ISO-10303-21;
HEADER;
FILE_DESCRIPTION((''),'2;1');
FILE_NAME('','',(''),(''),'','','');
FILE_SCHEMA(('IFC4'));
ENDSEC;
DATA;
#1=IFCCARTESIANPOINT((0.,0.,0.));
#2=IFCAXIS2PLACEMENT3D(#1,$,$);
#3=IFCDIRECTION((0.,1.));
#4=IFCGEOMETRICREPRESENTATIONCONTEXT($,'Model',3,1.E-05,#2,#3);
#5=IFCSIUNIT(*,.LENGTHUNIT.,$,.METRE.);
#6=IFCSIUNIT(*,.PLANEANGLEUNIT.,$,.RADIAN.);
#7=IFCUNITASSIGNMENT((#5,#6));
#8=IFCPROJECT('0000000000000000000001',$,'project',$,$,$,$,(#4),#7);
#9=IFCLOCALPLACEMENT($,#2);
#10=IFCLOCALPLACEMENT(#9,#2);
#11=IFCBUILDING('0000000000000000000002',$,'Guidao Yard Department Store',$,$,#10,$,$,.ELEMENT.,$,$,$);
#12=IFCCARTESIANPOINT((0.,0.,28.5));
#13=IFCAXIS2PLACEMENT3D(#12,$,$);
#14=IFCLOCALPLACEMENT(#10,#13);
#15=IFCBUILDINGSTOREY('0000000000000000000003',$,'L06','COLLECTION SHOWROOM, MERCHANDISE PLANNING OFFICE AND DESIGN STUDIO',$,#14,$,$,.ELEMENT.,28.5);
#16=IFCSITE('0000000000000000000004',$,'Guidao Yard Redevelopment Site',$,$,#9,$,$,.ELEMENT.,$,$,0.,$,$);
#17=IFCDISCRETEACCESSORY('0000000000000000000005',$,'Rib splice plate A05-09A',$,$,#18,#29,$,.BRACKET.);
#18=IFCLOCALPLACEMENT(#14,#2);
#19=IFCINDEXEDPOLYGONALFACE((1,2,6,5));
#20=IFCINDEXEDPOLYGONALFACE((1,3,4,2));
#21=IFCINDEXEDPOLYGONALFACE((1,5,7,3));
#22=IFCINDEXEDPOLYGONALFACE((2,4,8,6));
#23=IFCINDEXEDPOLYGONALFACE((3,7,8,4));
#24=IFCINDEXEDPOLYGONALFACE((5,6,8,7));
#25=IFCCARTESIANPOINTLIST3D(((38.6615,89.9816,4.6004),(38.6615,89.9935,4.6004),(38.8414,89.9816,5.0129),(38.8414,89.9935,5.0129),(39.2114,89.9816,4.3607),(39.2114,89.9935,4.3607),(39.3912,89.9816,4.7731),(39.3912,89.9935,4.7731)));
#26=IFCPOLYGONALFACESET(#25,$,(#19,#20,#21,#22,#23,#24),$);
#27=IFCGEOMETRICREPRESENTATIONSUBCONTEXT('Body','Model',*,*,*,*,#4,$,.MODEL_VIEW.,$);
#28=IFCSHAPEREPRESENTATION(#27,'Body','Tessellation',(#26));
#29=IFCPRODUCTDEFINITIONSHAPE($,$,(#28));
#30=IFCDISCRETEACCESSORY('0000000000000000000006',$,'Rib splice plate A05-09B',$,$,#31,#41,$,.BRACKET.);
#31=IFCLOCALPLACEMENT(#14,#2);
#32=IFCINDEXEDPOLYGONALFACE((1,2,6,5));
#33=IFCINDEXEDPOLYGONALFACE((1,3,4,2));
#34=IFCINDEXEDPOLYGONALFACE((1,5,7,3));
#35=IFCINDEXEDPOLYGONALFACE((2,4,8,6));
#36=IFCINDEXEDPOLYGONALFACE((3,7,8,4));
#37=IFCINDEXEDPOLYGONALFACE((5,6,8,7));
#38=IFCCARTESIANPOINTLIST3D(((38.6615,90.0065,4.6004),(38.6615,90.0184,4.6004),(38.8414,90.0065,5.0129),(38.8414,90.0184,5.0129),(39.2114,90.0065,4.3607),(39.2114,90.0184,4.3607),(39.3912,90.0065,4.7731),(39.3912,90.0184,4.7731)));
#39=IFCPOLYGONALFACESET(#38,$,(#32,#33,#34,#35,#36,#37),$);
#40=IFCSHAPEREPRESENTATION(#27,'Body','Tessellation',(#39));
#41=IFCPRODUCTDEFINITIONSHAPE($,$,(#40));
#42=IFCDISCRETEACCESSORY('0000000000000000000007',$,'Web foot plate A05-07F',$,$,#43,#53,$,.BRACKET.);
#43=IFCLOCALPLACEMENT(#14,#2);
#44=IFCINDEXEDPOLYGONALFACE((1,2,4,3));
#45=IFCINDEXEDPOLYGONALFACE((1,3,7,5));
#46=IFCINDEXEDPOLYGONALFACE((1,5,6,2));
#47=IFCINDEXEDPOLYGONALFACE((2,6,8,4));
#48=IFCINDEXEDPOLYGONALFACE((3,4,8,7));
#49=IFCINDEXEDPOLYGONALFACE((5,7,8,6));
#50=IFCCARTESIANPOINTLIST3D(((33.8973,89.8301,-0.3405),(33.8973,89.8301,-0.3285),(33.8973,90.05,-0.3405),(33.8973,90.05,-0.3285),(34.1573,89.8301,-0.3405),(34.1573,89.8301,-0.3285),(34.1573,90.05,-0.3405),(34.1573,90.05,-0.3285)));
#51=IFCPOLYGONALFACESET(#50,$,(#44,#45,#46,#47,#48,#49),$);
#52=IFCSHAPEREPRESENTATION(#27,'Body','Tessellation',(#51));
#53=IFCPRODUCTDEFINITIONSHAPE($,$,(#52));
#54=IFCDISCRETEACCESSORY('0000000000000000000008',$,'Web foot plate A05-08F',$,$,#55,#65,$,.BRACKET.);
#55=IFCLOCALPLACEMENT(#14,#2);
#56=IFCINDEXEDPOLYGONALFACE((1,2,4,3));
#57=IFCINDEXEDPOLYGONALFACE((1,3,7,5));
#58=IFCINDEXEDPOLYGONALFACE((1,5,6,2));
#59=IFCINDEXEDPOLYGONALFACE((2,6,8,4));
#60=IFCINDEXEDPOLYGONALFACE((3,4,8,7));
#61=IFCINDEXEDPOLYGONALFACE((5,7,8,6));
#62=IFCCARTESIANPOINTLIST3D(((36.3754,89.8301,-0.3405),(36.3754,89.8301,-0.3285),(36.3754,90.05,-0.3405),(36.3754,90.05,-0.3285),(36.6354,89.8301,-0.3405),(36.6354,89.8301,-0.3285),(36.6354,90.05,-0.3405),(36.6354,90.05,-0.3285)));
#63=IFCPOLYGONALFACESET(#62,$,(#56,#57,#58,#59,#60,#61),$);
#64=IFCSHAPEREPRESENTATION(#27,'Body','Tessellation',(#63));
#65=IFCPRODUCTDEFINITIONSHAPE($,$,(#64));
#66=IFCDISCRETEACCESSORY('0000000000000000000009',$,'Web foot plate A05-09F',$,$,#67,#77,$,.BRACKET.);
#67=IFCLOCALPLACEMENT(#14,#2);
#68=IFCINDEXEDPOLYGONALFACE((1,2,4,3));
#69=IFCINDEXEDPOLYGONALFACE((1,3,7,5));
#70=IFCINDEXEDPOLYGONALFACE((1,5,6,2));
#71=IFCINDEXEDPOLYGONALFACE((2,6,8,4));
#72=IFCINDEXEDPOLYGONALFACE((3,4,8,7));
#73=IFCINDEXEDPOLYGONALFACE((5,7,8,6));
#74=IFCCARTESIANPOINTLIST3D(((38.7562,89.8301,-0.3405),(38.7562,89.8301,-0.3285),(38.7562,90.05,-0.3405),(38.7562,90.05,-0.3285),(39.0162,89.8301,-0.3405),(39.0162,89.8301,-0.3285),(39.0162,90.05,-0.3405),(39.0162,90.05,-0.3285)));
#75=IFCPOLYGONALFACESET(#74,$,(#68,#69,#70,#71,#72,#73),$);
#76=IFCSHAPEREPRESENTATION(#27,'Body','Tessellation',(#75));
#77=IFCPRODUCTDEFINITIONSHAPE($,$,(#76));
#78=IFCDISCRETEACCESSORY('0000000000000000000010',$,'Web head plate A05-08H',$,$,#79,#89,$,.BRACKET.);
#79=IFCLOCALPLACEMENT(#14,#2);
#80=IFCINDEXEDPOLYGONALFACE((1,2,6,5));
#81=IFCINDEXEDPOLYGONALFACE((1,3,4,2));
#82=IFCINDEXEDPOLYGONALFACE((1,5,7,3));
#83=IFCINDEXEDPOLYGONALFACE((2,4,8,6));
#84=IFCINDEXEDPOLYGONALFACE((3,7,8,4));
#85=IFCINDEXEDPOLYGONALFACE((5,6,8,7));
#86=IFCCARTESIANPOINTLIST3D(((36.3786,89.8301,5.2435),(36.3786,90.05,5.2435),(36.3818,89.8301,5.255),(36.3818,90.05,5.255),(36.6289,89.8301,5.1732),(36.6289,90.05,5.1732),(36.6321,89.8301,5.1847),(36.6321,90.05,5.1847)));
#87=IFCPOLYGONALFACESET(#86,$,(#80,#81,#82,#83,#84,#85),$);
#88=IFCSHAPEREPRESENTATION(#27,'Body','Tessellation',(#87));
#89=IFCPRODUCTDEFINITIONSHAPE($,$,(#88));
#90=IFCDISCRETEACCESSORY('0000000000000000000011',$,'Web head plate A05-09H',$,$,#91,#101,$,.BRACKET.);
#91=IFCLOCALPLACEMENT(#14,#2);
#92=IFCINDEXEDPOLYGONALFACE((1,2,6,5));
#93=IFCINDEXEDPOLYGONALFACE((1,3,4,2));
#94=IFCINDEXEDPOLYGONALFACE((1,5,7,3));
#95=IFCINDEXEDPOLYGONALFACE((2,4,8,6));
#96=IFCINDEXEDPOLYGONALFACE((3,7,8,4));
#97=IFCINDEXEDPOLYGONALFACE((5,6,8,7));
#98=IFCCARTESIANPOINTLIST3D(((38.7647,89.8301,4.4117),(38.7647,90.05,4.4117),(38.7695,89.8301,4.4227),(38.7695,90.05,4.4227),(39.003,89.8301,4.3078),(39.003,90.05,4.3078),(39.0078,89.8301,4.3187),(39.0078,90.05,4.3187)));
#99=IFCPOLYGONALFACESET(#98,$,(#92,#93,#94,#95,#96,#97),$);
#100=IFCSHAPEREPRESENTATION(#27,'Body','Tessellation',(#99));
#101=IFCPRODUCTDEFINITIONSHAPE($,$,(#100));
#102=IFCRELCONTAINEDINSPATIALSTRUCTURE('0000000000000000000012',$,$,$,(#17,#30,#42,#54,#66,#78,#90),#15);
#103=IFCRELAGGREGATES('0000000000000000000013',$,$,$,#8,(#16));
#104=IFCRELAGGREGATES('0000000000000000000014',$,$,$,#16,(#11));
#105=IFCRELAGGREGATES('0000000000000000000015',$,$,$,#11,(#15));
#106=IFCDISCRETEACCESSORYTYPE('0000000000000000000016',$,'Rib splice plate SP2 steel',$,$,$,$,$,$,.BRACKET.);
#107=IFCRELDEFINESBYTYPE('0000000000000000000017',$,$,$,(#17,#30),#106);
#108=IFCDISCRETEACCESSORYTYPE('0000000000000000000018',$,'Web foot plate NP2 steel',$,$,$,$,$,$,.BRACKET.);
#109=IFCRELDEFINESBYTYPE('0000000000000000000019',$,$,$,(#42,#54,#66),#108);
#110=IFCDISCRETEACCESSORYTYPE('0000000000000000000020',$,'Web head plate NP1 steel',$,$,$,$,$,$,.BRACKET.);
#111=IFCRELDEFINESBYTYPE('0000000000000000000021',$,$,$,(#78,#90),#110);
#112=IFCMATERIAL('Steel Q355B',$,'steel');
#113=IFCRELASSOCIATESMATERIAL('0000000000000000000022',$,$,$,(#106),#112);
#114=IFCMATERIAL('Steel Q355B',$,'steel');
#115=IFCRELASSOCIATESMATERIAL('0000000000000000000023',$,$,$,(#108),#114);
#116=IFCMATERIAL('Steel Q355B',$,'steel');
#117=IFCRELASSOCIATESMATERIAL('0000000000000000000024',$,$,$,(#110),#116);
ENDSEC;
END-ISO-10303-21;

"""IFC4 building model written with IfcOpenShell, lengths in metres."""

from ifc_helpers import new_model, si_unit, direction, frame, origin, origin_2d, place, context, subcontext, project, spatial, rectangle, extrude, material, material_profile, profile_set, type_object, element, save


model = new_model("IFC4")

# Units and contexts
model_context = context("Model", 3, precision=1e-05, world=origin(), true_north=direction((0.0, 1.0)))
body_context = subcontext(model_context, "Body", "Model", "MODEL_VIEW")
ifc_project = project(units=[si_unit("LENGTHUNIT", "METRE"), si_unit("PLANEANGLEUNIT", "RADIAN")], contexts=[model_context])

# Site, building, storey
site_placement = place(None, origin())
site = spatial("IfcSite", under=ifc_project, at=site_placement, Name="Guidao Yard Redevelopment Site", CompositionType="ELEMENT", RefElevation=0.0)
building_placement = place(site_placement, origin())
building = spatial("IfcBuilding", under=site, at=building_placement, Name="Guidao Yard Department Store", CompositionType="ELEMENT")
storey_placement = place(building_placement, frame((0.0, 0.0, 28.5)))
storey = spatial("IfcBuildingStorey", under=building, at=storey_placement, Name="L06", Description="COLLECTION SHOWROOM, MERCHANDISE PLANNING OFFICE AND DESIGN STUDIO", CompositionType="ELEMENT", Elevation=28.5)

# Discrete accessories
ifc_material_1 = material(Name="Steel Q355B", Category="steel")
ifc_material_profile_1 = material_profile(ifc_material_1, rectangle(XDim=0.012, YDim=0.45, at=origin_2d()), Name="Splice plate 450x12")
ifc_profile_set_1 = profile_set([ifc_material_profile_1], Name="Steel Q355B")
discrete_accessory_type_1 = type_object("IfcDiscreteAccessoryType", Name="Rib splice plate SP2 steel", PredefinedType="BRACKET", material=ifc_profile_set_1)
for number, where, z_axis, x_axis, name in (
    (1, (38.7515, 89.9875, 4.8066), (0.916642, 0.0, -0.399708), (0.0, 1.0, 0.0), "Rib splice plate A05-09A"),
    (2, (38.7515, 90.0125, 4.8066), (0.916642, 0.0, -0.399708), (0.0, 1.0, 0.0), "Rib splice plate A05-09B"),
):
    element("IfcDiscreteAccessory", number, at=place(storey_placement, frame(where, z_axis=z_axis, x_axis=x_axis)), inside=storey, type_object=discrete_accessory_type_1, Name=name, PredefinedType="BRACKET", context=body_context, shape_type="SweptSolid", body=[
        extrude(rectangle(XDim=0.012, YDim=0.45, at=origin_2d()), origin(), (0.0, 0.0, 1.0), 0.5999),
    ])
ifc_material_2 = material(Name="Steel Q355B", Category="steel")
ifc_material_profile_2 = material_profile(ifc_material_2, rectangle(XDim=0.26, YDim=0.012, at=origin_2d()), Name="Node plate 260x12")
ifc_profile_set_2 = profile_set([ifc_material_profile_2], Name="Steel Q355B")
discrete_accessory_type_2 = type_object("IfcDiscreteAccessoryType", Name="Web foot plate NP2 steel", PredefinedType="BRACKET", material=ifc_profile_set_2)
for number, where, z_axis, x_axis, name in (
    (3, (34.0273, 89.8301, -0.3345), (0.0, 1.0, 0.0), (-1.0, 0.0, 0.0), "Web foot plate A05-07F"),
    (4, (36.5054, 89.8301, -0.3345), (0.0, 1.0, 0.0), (-1.0, 0.0, 0.0), "Web foot plate A05-08F"),
    (5, (38.8862, 89.8301, -0.3345), (0.0, 1.0, 0.0), (-1.0, 0.0, 0.0), "Web foot plate A05-09F"),
):
    element("IfcDiscreteAccessory", number, at=place(storey_placement, frame(where, z_axis=z_axis, x_axis=x_axis)), inside=storey, type_object=discrete_accessory_type_2, Name=name, PredefinedType="BRACKET", context=body_context, shape_type="SweptSolid", body=[
        extrude(rectangle(XDim=0.26, YDim=0.012, at=origin_2d()), origin(), (0.0, 0.0, 1.0), 0.22),
    ])
ifc_material_3 = material(Name="Steel Q355B", Category="steel")
ifc_material_profile_3 = material_profile(ifc_material_3, rectangle(XDim=0.26, YDim=0.012, at=origin_2d()), Name="Node plate 260x12")
ifc_profile_set_3 = profile_set([ifc_material_profile_3], Name="Steel Q355B")
discrete_accessory_type_3 = type_object("IfcDiscreteAccessoryType", Name="Web head plate NP1 steel", PredefinedType="BRACKET", material=ifc_profile_set_3)
for number, where, z_axis, x_axis, name in (
    (6, (36.5054, 89.8301, 5.2141), (0.0, 1.0, 0.0), (-0.962712, 0.0, 0.270529), "Web head plate A05-08H"),
    (7, (38.8862, 89.8301, 4.3652), (0.0, 1.0, 0.0), (-0.916571, 0.0, 0.399871), "Web head plate A05-09H"),
):
    element("IfcDiscreteAccessory", number, at=place(storey_placement, frame(where, z_axis=z_axis, x_axis=x_axis)), inside=storey, type_object=discrete_accessory_type_3, Name=name, PredefinedType="BRACKET", context=body_context, shape_type="SweptSolid", body=[
        extrude(rectangle(XDim=0.26, YDim=0.012, at=origin_2d()), origin(), (0.0, 0.0, 1.0), 0.22),
    ])

save(model, "model.ifc")
